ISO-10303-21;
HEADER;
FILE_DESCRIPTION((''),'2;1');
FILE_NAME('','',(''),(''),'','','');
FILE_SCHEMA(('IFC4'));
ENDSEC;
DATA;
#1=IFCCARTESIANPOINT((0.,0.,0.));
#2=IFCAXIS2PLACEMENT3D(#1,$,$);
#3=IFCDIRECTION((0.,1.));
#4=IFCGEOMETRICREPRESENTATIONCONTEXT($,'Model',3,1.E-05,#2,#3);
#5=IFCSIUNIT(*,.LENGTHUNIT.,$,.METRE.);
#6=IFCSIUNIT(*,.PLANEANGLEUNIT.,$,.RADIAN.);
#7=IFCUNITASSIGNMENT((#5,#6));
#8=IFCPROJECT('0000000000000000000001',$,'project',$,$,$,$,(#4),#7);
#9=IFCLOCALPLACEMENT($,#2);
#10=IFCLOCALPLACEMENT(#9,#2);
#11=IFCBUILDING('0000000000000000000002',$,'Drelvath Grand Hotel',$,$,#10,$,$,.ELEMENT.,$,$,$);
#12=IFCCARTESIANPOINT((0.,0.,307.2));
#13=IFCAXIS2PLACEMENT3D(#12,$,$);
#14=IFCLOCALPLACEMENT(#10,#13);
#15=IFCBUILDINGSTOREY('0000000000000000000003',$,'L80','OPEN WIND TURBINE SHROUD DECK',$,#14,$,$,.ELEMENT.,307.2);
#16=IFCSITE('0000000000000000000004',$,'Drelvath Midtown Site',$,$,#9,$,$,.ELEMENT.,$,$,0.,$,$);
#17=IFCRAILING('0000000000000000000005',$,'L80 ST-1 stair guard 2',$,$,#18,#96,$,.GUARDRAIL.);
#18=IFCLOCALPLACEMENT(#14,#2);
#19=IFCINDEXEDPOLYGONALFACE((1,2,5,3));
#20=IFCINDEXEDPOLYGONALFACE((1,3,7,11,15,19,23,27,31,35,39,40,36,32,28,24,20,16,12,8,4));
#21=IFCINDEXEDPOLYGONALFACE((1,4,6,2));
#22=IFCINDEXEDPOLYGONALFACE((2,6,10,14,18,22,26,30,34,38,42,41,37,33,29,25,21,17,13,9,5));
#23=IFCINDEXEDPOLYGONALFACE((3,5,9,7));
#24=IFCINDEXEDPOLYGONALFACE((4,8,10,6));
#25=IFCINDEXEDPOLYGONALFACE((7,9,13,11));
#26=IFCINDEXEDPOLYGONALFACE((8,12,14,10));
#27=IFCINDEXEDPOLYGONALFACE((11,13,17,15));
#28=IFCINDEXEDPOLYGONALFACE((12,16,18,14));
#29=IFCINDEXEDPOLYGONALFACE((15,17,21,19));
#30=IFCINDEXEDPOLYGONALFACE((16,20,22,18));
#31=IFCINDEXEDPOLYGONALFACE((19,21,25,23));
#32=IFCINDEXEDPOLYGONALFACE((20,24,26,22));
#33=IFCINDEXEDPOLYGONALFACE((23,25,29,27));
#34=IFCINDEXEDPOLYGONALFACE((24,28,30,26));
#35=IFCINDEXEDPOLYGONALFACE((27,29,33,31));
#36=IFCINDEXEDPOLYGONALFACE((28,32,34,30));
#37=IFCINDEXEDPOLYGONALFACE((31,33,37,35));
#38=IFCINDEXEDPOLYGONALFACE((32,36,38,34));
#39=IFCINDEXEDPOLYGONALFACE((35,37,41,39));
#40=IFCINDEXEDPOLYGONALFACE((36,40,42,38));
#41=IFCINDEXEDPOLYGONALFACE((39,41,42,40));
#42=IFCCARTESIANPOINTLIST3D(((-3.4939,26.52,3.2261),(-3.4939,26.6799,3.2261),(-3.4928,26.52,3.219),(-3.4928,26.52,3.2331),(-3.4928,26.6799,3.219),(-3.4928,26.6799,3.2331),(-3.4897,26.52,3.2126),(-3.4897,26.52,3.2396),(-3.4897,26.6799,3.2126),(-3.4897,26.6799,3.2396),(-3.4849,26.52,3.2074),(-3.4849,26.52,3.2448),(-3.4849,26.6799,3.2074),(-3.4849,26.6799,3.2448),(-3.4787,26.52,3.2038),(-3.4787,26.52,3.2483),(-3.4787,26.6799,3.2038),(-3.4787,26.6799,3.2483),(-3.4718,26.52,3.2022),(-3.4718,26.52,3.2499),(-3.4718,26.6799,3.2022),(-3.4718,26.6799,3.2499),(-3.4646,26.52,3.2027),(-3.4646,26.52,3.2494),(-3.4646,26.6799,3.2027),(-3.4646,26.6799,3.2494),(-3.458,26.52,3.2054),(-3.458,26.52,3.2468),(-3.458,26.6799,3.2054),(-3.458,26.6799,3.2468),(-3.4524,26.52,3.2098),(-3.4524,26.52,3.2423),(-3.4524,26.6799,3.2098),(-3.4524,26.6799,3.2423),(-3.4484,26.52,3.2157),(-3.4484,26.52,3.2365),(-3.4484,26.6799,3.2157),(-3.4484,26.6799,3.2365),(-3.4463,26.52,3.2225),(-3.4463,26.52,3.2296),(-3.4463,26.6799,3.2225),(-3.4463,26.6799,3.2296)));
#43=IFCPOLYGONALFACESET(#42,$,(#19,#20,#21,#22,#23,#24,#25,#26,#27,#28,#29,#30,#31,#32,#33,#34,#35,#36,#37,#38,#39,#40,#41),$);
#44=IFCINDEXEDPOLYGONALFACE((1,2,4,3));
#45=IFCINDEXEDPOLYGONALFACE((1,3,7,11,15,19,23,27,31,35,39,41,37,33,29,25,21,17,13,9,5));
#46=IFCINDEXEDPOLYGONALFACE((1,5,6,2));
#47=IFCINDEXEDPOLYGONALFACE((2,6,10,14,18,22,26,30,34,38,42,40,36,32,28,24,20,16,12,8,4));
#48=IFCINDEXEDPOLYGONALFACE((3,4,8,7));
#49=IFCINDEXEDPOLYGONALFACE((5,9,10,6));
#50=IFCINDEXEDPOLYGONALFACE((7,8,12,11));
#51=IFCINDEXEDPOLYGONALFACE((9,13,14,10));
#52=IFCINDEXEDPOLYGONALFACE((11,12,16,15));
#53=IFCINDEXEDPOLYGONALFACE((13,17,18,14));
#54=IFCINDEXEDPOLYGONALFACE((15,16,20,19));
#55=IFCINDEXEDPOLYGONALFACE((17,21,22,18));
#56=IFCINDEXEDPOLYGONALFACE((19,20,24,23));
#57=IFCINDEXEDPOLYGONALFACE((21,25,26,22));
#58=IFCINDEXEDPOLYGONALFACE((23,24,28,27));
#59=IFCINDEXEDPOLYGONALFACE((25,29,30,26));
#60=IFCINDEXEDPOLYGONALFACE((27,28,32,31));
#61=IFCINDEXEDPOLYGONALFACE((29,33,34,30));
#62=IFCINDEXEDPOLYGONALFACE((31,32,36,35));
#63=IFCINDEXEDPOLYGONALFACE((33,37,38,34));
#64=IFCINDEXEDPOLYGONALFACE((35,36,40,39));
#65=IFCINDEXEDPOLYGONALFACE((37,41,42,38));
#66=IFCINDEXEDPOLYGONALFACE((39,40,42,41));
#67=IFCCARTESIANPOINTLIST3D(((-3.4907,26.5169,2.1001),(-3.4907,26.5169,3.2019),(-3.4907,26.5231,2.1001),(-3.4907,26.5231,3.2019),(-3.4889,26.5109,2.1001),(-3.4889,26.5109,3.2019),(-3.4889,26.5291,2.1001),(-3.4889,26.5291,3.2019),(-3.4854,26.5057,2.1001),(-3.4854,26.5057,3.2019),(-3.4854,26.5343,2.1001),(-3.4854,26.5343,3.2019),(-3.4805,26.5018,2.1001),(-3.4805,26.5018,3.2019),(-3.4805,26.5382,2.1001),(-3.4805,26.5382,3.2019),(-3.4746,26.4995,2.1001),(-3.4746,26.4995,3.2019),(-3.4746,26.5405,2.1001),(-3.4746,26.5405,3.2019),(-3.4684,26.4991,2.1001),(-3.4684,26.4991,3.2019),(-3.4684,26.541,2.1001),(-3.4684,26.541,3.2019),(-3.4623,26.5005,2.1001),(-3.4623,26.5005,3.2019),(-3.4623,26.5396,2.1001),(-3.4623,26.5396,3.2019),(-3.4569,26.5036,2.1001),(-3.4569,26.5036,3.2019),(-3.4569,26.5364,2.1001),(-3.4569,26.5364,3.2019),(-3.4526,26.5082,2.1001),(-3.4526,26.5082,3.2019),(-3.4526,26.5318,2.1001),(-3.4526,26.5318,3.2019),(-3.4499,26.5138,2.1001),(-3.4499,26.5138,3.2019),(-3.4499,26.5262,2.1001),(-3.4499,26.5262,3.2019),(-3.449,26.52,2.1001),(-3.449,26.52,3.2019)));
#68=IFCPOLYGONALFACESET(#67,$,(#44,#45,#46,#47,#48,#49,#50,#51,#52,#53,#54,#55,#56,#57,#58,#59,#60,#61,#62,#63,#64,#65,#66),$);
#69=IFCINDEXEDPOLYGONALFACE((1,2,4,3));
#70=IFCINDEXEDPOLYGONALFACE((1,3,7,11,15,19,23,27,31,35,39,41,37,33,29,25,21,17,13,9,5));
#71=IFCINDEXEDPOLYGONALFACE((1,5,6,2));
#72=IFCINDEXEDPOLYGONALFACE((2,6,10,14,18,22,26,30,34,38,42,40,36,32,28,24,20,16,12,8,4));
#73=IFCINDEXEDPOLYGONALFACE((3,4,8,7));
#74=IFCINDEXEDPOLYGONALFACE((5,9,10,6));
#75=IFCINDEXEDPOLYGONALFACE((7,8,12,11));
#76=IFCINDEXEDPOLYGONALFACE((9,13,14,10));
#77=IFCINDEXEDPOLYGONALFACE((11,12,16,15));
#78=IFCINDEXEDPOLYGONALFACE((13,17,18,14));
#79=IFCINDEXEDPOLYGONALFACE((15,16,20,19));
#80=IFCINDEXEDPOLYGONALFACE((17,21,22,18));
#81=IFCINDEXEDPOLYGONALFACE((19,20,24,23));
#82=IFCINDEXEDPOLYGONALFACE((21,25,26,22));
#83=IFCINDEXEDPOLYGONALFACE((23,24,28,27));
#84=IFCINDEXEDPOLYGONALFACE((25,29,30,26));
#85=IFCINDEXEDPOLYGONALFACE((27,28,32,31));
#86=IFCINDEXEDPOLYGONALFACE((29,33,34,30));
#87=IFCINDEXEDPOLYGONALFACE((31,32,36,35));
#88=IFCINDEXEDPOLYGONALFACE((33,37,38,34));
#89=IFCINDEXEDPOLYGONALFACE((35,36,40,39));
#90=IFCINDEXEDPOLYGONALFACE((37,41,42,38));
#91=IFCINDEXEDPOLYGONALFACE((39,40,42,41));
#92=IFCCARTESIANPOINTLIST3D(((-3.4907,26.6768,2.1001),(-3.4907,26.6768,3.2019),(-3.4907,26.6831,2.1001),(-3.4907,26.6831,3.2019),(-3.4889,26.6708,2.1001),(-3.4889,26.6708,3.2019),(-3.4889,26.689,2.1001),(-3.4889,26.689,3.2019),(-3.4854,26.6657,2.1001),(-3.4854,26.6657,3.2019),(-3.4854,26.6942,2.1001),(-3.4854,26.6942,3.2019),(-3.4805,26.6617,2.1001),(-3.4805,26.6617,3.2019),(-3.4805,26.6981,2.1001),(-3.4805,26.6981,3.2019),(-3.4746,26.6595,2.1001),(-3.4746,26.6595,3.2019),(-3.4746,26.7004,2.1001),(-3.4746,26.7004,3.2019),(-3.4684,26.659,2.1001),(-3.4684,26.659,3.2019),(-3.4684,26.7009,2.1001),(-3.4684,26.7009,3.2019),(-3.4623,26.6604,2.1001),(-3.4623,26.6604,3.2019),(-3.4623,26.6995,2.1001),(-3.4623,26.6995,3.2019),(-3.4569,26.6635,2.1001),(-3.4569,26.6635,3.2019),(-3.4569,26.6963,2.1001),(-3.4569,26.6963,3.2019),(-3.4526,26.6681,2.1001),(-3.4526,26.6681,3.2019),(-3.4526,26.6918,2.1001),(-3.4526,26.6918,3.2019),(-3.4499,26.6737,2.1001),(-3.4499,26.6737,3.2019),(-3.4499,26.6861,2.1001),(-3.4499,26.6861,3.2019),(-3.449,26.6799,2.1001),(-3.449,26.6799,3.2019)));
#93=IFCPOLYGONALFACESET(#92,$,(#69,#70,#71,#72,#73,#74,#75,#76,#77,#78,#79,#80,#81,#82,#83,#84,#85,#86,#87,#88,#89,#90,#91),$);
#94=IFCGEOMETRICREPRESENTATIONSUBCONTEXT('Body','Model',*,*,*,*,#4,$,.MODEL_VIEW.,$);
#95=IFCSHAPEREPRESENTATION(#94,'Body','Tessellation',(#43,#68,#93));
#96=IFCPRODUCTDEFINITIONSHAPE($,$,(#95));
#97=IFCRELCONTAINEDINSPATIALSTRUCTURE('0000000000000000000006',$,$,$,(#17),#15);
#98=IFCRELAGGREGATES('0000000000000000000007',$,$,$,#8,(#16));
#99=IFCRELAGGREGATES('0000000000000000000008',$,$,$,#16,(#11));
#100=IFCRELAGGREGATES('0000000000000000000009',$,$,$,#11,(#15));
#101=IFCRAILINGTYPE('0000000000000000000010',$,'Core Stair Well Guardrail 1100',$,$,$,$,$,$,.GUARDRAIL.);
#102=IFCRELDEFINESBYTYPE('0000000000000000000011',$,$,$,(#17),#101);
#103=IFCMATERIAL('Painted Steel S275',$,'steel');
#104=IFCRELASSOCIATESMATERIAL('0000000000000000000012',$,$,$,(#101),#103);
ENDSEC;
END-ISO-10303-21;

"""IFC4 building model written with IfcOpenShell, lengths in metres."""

from ifc_helpers import new_model, si_unit, direction, frame, origin, origin_2d, place, context, subcontext, project, spatial, circle, extrude, material, type_object, element, save


model = new_model("IFC4")

# Units and contexts
model_context = context("Model", 3, precision=1e-05, world=origin(), true_north=direction((0.0, 1.0)))
body_context = subcontext(model_context, "Body", "Model", "MODEL_VIEW")
ifc_project = project(units=[si_unit("LENGTHUNIT", "METRE"), si_unit("PLANEANGLEUNIT", "RADIAN")], contexts=[model_context])

# Site, building, storey
site_placement = place(None, origin())
site = spatial("IfcSite", under=ifc_project, at=site_placement, Name="Drelvath Midtown Site", CompositionType="ELEMENT", RefElevation=0.0)
building_placement = place(site_placement, origin())
building = spatial("IfcBuilding", under=site, at=building_placement, Name="Drelvath Grand Hotel", CompositionType="ELEMENT")
storey_placement = place(building_placement, frame((0.0, 0.0, 307.2)))
storey = spatial("IfcBuildingStorey", under=building, at=storey_placement, Name="L80", Description="OPEN WIND TURBINE SHROUD DECK", CompositionType="ELEMENT", Elevation=307.2)

# Shared definitions
ifc_material_1 = material(Name="Painted Steel S275", Category="steel")

# Railing
railing_type_1 = type_object("IfcRailingType", Name="Core Stair Well Guardrail 1100", PredefinedType="GUARDRAIL", material=ifc_material_1)
railing_1_placement = place(storey_placement, frame((-3.47, 26.52, 2.1001)))
element("IfcRailing", 1, at=railing_1_placement, inside=storey, type_object=railing_type_1, Name="L80 ST-1 stair guard 2", PredefinedType="GUARDRAIL", context=body_context, shape_type="SweptSolid", body=[
    extrude(circle(Radius=0.0239, at=origin_2d()), frame((0.0, 0.0, 1.126), z_axis=(0.0, 1.0, 0.0), x_axis=(-1.0, 0.0, 0.0)), (0.0, 0.0, 1.0), 0.1599),
    extrude(circle(Radius=0.021, at=origin_2d()), origin(), (0.0, 0.0, 1.0), 1.1018),
    extrude(circle(Radius=0.021, at=origin_2d()), frame((0.0, 0.1599, 0.0)), (0.0, 0.0, 1.0), 1.1018),
])

save(model, "model.ifc")
